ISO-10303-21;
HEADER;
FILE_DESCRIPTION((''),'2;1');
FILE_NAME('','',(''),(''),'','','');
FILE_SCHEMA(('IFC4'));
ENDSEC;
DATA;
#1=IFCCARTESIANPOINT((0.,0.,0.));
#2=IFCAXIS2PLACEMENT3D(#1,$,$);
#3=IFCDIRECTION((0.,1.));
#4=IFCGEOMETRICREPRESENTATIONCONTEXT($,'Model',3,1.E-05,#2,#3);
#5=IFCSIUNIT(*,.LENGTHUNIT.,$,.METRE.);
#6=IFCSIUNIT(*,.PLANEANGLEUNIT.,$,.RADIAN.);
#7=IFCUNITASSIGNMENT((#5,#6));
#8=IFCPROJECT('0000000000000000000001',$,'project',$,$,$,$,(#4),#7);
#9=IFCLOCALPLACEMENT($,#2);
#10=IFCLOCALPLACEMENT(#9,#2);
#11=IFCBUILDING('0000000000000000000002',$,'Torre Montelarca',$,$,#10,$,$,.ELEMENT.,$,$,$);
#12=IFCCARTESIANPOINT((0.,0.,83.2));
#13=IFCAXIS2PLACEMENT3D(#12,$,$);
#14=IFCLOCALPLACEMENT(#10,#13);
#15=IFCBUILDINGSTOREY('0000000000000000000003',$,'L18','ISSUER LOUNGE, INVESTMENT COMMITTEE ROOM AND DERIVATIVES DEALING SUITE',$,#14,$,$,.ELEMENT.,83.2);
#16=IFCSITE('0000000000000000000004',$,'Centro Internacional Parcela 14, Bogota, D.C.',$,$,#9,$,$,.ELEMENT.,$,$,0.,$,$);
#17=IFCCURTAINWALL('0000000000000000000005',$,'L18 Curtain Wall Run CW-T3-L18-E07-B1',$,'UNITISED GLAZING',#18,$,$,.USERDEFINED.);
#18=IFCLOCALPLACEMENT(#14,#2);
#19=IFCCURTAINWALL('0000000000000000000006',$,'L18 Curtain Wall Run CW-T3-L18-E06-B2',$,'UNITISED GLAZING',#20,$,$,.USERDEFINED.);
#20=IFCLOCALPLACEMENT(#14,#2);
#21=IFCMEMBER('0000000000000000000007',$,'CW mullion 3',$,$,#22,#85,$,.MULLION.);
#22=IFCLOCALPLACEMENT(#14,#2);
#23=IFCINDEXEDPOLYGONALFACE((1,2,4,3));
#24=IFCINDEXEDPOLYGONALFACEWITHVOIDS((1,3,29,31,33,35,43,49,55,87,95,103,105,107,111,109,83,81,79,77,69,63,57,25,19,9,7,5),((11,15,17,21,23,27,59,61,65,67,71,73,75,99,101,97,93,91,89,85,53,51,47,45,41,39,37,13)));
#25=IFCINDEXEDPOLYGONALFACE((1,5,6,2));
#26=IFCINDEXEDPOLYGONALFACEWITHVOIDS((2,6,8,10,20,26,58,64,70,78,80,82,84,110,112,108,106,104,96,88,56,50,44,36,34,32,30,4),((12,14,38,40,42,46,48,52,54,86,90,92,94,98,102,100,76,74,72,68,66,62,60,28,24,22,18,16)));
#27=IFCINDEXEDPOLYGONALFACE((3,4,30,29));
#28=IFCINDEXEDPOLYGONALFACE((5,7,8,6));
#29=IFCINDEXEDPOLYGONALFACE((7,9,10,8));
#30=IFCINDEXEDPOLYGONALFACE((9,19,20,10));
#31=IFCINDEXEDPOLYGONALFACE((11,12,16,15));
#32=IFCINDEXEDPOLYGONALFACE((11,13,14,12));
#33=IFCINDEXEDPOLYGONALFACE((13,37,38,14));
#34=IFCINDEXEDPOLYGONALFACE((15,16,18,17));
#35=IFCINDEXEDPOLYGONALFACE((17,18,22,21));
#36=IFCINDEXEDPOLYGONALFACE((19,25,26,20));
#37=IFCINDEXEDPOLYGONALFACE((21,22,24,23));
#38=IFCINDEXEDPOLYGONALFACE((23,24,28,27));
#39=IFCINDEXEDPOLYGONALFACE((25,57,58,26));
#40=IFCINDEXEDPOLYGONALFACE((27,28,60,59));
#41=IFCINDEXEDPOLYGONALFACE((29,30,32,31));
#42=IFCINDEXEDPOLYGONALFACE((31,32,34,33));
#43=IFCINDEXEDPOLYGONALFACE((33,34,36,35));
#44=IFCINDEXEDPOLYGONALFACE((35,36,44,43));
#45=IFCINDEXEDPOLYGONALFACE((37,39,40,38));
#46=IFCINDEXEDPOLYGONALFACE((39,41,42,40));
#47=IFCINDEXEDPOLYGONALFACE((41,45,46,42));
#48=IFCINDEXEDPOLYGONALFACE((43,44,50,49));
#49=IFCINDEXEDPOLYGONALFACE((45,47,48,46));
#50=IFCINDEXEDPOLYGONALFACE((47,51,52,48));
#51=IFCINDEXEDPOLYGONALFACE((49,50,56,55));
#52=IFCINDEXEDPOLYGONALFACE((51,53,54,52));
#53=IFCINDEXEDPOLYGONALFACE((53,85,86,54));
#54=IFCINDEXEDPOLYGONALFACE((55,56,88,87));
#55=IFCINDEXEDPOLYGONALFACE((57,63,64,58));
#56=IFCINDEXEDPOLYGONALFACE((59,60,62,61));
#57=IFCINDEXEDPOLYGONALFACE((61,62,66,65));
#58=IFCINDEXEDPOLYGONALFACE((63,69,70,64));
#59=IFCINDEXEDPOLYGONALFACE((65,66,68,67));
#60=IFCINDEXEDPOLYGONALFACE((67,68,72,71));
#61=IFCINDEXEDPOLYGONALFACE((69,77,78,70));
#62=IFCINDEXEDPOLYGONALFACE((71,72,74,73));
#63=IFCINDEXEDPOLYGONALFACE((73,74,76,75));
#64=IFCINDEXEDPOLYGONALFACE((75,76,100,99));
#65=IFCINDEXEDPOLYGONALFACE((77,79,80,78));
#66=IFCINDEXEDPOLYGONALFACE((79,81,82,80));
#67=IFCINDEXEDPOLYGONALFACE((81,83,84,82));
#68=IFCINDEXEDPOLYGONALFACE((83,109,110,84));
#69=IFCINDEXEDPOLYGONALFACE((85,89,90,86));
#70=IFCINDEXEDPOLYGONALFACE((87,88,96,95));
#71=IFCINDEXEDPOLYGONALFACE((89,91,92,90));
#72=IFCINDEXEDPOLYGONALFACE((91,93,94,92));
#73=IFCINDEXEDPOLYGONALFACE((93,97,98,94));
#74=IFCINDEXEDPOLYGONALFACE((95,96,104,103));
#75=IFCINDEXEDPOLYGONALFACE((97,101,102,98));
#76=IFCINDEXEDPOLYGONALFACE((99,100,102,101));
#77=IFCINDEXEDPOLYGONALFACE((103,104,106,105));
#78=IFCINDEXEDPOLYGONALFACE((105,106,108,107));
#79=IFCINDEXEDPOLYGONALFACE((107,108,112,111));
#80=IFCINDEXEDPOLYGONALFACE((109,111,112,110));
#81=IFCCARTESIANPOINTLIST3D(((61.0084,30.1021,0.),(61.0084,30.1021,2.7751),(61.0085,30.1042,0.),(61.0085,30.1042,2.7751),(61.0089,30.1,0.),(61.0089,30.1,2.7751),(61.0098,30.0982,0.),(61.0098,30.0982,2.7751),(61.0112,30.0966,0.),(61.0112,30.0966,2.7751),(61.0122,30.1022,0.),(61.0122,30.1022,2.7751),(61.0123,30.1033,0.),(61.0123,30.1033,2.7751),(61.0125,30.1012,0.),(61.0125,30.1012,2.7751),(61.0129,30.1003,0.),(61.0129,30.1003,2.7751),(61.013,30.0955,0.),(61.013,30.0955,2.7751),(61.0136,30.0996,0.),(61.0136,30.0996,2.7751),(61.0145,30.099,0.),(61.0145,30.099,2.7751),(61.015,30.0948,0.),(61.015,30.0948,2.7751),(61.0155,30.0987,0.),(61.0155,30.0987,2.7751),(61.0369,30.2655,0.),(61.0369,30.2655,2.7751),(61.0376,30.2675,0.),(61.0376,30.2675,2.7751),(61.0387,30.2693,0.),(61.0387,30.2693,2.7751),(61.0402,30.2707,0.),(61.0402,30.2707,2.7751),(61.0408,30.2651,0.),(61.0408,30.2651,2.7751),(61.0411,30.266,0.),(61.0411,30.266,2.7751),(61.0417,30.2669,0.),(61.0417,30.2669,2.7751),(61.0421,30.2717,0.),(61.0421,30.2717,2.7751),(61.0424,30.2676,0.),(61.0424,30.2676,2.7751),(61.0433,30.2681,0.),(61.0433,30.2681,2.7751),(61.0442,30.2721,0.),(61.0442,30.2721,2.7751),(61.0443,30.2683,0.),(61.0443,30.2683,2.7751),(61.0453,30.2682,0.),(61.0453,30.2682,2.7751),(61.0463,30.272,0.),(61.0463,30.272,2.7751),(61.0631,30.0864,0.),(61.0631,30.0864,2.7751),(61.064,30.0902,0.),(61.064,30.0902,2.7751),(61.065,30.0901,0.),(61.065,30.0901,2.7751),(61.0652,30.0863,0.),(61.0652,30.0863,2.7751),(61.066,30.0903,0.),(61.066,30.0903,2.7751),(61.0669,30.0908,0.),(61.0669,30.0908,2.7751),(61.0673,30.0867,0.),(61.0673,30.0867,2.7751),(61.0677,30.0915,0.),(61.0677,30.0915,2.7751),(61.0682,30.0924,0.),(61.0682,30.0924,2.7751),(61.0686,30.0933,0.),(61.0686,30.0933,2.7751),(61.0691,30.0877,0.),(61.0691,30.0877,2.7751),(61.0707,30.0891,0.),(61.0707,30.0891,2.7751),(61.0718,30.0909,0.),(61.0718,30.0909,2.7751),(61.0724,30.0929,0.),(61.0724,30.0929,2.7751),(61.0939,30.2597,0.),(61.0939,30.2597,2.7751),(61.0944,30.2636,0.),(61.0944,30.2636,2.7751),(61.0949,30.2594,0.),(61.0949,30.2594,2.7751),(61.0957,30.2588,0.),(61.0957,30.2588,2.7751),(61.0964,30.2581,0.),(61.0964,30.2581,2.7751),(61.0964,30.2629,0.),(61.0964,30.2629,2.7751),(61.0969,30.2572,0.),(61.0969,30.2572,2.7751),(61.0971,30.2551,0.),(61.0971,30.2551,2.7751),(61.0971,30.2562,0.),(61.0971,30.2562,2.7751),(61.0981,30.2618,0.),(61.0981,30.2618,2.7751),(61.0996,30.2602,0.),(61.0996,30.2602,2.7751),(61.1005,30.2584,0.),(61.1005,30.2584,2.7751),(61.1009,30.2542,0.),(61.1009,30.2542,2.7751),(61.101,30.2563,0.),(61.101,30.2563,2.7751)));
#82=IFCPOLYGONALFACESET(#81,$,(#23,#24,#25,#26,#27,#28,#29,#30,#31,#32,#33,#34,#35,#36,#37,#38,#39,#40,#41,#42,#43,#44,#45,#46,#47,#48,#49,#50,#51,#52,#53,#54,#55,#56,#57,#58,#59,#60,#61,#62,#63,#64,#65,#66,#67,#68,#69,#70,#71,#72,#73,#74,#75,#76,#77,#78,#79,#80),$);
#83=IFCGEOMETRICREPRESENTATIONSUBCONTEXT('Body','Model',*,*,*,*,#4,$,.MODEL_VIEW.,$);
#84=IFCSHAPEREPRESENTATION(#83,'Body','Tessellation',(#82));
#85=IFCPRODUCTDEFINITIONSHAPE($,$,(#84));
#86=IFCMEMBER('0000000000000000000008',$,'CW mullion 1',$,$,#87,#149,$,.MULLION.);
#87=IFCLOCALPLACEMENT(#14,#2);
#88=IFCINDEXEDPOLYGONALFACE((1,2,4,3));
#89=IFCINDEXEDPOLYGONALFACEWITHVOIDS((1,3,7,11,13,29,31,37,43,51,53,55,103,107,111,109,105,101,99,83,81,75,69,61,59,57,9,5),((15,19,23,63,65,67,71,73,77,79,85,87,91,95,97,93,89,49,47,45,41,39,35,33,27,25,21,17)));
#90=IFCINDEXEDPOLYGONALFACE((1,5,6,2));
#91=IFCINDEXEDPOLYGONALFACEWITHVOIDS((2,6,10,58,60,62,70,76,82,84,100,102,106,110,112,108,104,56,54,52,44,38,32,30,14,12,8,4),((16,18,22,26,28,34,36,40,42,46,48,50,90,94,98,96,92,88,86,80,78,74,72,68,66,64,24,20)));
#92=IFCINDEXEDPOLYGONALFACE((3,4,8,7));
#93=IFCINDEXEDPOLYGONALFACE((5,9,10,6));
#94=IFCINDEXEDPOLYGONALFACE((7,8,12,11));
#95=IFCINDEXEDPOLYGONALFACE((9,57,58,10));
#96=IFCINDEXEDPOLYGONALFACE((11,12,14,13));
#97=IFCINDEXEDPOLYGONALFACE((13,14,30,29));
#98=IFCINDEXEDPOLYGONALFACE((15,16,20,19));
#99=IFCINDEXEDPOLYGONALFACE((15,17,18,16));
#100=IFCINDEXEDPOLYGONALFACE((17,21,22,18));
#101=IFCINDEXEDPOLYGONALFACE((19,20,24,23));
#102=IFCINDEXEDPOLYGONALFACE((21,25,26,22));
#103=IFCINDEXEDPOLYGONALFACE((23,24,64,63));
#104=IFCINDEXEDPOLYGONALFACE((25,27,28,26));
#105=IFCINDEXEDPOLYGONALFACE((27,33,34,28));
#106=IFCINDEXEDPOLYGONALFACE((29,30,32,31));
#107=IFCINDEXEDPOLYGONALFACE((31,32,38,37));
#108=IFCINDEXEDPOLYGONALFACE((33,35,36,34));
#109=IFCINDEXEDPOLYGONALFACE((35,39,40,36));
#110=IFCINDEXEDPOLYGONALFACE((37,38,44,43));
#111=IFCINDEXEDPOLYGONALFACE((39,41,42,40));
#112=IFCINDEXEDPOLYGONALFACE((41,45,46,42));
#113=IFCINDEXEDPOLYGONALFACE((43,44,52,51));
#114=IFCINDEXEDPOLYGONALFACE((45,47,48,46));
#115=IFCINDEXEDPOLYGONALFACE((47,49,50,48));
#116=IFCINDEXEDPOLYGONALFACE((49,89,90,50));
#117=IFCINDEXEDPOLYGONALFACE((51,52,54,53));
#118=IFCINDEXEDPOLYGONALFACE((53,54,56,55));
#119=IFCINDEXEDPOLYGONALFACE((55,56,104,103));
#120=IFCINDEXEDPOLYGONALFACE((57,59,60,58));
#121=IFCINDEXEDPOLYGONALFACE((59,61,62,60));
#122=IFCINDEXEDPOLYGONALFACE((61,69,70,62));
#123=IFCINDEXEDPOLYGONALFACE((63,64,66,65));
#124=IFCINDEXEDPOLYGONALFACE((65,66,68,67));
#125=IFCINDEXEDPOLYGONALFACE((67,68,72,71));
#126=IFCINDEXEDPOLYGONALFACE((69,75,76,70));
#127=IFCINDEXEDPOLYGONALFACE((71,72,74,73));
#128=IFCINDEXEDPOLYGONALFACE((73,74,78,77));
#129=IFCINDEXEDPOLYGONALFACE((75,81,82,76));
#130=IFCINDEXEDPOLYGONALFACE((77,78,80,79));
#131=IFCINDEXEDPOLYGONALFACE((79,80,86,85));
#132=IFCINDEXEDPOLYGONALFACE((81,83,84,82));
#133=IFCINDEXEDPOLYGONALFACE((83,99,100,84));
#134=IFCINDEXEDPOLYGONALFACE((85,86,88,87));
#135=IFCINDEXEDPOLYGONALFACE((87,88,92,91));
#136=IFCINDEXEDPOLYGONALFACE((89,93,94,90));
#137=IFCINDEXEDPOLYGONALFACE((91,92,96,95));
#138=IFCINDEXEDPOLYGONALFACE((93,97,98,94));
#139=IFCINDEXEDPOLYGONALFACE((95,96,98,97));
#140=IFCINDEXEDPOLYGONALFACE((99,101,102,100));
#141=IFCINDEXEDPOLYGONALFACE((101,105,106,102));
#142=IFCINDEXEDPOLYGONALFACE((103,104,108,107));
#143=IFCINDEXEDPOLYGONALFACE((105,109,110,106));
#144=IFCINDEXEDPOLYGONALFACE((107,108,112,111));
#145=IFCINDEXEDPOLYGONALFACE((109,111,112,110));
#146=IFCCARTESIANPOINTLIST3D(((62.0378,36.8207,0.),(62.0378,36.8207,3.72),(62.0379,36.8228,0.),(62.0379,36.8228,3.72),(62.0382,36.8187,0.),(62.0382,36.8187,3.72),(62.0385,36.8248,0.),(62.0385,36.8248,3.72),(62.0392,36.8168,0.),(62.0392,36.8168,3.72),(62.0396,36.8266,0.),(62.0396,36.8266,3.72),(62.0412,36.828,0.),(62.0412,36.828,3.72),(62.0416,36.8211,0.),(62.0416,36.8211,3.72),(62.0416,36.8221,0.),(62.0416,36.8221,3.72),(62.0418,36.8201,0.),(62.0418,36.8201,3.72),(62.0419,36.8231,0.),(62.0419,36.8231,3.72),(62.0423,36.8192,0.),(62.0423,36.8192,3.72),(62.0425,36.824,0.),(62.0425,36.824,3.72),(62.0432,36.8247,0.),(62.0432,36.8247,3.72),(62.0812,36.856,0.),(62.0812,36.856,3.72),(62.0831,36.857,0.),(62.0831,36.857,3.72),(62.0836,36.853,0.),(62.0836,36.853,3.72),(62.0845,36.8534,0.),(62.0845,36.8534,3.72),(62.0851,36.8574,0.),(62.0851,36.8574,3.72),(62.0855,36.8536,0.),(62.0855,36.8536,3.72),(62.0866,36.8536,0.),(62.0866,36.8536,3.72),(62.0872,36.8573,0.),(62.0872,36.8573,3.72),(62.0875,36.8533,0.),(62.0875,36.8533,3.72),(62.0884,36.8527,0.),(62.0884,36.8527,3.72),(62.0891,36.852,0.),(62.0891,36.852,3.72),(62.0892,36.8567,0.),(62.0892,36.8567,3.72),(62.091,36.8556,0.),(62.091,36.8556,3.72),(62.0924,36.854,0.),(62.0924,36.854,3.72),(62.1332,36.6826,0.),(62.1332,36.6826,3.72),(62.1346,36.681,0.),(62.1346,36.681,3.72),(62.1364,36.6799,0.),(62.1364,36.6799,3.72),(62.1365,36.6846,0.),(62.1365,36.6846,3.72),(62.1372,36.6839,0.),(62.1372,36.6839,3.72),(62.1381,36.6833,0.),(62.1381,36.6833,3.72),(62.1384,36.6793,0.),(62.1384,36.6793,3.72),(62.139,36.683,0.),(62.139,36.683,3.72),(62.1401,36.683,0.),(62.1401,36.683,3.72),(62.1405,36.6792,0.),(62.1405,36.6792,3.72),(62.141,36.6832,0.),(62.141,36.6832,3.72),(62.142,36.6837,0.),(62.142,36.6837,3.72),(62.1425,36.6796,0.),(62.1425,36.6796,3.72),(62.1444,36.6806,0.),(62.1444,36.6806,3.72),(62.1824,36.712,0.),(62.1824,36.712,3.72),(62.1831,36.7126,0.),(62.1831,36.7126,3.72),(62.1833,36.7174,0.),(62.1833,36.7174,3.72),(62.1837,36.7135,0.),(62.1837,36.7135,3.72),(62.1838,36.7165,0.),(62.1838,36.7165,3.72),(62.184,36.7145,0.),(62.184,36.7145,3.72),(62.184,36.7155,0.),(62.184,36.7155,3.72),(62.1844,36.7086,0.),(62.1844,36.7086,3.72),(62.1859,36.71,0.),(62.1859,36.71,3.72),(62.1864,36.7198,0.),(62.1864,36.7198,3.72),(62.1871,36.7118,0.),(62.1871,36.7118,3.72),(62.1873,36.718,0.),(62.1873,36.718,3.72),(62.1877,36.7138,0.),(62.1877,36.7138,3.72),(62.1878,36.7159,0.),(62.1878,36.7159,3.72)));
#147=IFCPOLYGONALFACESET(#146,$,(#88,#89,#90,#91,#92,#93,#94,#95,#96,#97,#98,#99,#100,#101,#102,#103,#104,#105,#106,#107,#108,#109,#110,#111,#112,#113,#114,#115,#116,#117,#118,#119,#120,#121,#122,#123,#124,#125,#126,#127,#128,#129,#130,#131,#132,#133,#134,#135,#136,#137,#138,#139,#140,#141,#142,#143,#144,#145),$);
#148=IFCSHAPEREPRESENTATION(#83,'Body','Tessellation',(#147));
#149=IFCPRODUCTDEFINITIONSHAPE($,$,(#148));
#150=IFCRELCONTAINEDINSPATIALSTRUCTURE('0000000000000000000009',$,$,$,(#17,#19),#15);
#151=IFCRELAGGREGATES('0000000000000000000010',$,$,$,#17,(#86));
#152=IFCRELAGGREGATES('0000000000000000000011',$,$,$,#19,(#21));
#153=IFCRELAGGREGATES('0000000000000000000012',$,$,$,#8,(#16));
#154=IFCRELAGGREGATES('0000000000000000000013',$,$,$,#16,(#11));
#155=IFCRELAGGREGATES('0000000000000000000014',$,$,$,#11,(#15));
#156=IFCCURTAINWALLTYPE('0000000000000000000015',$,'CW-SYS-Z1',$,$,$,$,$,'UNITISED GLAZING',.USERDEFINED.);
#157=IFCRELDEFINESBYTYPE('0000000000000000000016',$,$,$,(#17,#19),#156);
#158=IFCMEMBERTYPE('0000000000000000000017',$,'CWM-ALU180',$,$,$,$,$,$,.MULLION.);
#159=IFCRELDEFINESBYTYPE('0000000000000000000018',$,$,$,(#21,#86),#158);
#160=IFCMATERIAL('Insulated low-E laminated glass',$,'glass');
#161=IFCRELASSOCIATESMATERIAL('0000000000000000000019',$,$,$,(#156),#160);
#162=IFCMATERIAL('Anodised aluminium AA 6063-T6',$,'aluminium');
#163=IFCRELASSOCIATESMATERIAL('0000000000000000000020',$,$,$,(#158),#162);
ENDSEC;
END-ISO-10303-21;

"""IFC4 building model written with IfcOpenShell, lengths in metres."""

from ifc_helpers import new_model, si_unit, direction, frame, origin, origin_2d, place, context, subcontext, project, spatial, hollow_rectangle, extrude, source, transform, mapped, material, material_profile, profile_set, type_object, element, aggregate, save


model = new_model("IFC4")

# Units and contexts
model_context = context("Model", 3, precision=1e-05, world=origin(), true_north=direction((0.0, 1.0)))
body_context = subcontext(model_context, "Body", "Model", "MODEL_VIEW")
ifc_project = project(units=[si_unit("LENGTHUNIT", "METRE"), si_unit("PLANEANGLEUNIT", "RADIAN")], contexts=[model_context])

# Site, building, storey
site_placement = place(None, origin())
site = spatial("IfcSite", under=ifc_project, at=site_placement, Name="Centro Internacional Parcela 14, Bogota, D.C.", CompositionType="ELEMENT", RefElevation=0.0)
building_placement = place(site_placement, origin())
building = spatial("IfcBuilding", under=site, at=building_placement, Name="Torre Montelarca", CompositionType="ELEMENT")
storey_placement = place(building_placement, frame((0.0, 0.0, 83.2)))
storey = spatial("IfcBuildingStorey", under=building, at=storey_placement, Name="L18", Description="ISSUER LOUNGE, INVESTMENT COMMITTEE ROOM AND DERIVATIVES DEALING SUITE", CompositionType="ELEMENT", Elevation=83.2)

# Curtain walls
ifc_material_1 = material(Name="Insulated low-E laminated glass", Category="glass")
curtain_wall_type = type_object("IfcCurtainWallType", Name="CW-SYS-Z1", ElementType="UNITISED GLAZING", PredefinedType="USERDEFINED", material=ifc_material_1)
curtain_wall_1_placement = place(storey_placement, origin())
curtain_wall_1 = element("IfcCurtainWall", 1, at=curtain_wall_1_placement, inside=storey, type_object=curtain_wall_type, Name="L18 Curtain Wall Run CW-T3-L18-E07-B1", ObjectType="UNITISED GLAZING", PredefinedType="USERDEFINED")
ifc_material_2 = material(Name="Anodised aluminium AA 6063-T6", Category="aluminium")
curtain_wall_2_placement = place(storey_placement, origin())
curtain_wall_2 = element("IfcCurtainWall", 2, at=curtain_wall_2_placement, inside=storey, type_object=curtain_wall_type, Name="L18 Curtain Wall Run CW-T3-L18-E06-B2", ObjectType="UNITISED GLAZING", PredefinedType="USERDEFINED")

# Members
ifc_material_profile_1 = material_profile(ifc_material_2, hollow_rectangle(XDim=0.0649, YDim=0.1799, WallThickness=0.0039, InnerFilletRadius=0.0039, OuterFilletRadius=0.0081, at=origin_2d()), Name="ALU65X180X4", Category="aluminium")
ifc_profile_set_1 = profile_set([ifc_material_profile_1], Name="Anodised aluminium AA 6063-T6")
member_type_1 = type_object("IfcMemberType", Name="CWM-ALU180", PredefinedType="MULLION", material=ifc_profile_set_1)
shared_shape_1 = source(origin(), body_context, "Body", "SweptSolid", [
    extrude(hollow_rectangle(XDim=0.0649, YDim=0.1799, WallThickness=0.0039, InnerFilletRadius=0.0039, OuterFilletRadius=0.0081, at=origin_2d()), origin(), (0.0, 0.0, 1.0), 2.7751),
])
member_1_placement = place(storey_placement, frame((61.0547, 30.1792, 0.0), z_axis=(0.0, 0.0, 1.0), x_axis=(-0.984808, 0.173644, 0.0)))
member_1 = element("IfcMember", 3, at=member_1_placement, type_object=member_type_1, Name="CW mullion 3", PredefinedType="MULLION", context=body_context, shape_type="MappedRepresentation", body=[
    mapped(shared_shape_1, transform((0.0, 0.0, 0.0), scale=1.0)),
])
shared_shape_2 = source(origin(), body_context, "Body", "SweptSolid", [
    extrude(hollow_rectangle(XDim=0.0649, YDim=0.1799, WallThickness=0.0039, InnerFilletRadius=0.0039, OuterFilletRadius=0.0081, at=origin_2d()), origin(), (0.0, 0.0, 1.0), 3.72),
])
member_2_placement = place(storey_placement, frame((62.1128, 36.7683, 0.0), z_axis=(0.0, 0.0, 1.0), x_axis=(-0.819174, -0.573546, 0.0)))
member_2 = element("IfcMember", 4, at=member_2_placement, type_object=member_type_1, Name="CW mullion 1", PredefinedType="MULLION", context=body_context, shape_type="MappedRepresentation", body=[
    mapped(shared_shape_2, transform((0.0, 0.0, 0.0), scale=1.0)),
])

aggregate(curtain_wall_1, [member_2])
aggregate(curtain_wall_2, [member_1])

save(model, "model.ifc")
